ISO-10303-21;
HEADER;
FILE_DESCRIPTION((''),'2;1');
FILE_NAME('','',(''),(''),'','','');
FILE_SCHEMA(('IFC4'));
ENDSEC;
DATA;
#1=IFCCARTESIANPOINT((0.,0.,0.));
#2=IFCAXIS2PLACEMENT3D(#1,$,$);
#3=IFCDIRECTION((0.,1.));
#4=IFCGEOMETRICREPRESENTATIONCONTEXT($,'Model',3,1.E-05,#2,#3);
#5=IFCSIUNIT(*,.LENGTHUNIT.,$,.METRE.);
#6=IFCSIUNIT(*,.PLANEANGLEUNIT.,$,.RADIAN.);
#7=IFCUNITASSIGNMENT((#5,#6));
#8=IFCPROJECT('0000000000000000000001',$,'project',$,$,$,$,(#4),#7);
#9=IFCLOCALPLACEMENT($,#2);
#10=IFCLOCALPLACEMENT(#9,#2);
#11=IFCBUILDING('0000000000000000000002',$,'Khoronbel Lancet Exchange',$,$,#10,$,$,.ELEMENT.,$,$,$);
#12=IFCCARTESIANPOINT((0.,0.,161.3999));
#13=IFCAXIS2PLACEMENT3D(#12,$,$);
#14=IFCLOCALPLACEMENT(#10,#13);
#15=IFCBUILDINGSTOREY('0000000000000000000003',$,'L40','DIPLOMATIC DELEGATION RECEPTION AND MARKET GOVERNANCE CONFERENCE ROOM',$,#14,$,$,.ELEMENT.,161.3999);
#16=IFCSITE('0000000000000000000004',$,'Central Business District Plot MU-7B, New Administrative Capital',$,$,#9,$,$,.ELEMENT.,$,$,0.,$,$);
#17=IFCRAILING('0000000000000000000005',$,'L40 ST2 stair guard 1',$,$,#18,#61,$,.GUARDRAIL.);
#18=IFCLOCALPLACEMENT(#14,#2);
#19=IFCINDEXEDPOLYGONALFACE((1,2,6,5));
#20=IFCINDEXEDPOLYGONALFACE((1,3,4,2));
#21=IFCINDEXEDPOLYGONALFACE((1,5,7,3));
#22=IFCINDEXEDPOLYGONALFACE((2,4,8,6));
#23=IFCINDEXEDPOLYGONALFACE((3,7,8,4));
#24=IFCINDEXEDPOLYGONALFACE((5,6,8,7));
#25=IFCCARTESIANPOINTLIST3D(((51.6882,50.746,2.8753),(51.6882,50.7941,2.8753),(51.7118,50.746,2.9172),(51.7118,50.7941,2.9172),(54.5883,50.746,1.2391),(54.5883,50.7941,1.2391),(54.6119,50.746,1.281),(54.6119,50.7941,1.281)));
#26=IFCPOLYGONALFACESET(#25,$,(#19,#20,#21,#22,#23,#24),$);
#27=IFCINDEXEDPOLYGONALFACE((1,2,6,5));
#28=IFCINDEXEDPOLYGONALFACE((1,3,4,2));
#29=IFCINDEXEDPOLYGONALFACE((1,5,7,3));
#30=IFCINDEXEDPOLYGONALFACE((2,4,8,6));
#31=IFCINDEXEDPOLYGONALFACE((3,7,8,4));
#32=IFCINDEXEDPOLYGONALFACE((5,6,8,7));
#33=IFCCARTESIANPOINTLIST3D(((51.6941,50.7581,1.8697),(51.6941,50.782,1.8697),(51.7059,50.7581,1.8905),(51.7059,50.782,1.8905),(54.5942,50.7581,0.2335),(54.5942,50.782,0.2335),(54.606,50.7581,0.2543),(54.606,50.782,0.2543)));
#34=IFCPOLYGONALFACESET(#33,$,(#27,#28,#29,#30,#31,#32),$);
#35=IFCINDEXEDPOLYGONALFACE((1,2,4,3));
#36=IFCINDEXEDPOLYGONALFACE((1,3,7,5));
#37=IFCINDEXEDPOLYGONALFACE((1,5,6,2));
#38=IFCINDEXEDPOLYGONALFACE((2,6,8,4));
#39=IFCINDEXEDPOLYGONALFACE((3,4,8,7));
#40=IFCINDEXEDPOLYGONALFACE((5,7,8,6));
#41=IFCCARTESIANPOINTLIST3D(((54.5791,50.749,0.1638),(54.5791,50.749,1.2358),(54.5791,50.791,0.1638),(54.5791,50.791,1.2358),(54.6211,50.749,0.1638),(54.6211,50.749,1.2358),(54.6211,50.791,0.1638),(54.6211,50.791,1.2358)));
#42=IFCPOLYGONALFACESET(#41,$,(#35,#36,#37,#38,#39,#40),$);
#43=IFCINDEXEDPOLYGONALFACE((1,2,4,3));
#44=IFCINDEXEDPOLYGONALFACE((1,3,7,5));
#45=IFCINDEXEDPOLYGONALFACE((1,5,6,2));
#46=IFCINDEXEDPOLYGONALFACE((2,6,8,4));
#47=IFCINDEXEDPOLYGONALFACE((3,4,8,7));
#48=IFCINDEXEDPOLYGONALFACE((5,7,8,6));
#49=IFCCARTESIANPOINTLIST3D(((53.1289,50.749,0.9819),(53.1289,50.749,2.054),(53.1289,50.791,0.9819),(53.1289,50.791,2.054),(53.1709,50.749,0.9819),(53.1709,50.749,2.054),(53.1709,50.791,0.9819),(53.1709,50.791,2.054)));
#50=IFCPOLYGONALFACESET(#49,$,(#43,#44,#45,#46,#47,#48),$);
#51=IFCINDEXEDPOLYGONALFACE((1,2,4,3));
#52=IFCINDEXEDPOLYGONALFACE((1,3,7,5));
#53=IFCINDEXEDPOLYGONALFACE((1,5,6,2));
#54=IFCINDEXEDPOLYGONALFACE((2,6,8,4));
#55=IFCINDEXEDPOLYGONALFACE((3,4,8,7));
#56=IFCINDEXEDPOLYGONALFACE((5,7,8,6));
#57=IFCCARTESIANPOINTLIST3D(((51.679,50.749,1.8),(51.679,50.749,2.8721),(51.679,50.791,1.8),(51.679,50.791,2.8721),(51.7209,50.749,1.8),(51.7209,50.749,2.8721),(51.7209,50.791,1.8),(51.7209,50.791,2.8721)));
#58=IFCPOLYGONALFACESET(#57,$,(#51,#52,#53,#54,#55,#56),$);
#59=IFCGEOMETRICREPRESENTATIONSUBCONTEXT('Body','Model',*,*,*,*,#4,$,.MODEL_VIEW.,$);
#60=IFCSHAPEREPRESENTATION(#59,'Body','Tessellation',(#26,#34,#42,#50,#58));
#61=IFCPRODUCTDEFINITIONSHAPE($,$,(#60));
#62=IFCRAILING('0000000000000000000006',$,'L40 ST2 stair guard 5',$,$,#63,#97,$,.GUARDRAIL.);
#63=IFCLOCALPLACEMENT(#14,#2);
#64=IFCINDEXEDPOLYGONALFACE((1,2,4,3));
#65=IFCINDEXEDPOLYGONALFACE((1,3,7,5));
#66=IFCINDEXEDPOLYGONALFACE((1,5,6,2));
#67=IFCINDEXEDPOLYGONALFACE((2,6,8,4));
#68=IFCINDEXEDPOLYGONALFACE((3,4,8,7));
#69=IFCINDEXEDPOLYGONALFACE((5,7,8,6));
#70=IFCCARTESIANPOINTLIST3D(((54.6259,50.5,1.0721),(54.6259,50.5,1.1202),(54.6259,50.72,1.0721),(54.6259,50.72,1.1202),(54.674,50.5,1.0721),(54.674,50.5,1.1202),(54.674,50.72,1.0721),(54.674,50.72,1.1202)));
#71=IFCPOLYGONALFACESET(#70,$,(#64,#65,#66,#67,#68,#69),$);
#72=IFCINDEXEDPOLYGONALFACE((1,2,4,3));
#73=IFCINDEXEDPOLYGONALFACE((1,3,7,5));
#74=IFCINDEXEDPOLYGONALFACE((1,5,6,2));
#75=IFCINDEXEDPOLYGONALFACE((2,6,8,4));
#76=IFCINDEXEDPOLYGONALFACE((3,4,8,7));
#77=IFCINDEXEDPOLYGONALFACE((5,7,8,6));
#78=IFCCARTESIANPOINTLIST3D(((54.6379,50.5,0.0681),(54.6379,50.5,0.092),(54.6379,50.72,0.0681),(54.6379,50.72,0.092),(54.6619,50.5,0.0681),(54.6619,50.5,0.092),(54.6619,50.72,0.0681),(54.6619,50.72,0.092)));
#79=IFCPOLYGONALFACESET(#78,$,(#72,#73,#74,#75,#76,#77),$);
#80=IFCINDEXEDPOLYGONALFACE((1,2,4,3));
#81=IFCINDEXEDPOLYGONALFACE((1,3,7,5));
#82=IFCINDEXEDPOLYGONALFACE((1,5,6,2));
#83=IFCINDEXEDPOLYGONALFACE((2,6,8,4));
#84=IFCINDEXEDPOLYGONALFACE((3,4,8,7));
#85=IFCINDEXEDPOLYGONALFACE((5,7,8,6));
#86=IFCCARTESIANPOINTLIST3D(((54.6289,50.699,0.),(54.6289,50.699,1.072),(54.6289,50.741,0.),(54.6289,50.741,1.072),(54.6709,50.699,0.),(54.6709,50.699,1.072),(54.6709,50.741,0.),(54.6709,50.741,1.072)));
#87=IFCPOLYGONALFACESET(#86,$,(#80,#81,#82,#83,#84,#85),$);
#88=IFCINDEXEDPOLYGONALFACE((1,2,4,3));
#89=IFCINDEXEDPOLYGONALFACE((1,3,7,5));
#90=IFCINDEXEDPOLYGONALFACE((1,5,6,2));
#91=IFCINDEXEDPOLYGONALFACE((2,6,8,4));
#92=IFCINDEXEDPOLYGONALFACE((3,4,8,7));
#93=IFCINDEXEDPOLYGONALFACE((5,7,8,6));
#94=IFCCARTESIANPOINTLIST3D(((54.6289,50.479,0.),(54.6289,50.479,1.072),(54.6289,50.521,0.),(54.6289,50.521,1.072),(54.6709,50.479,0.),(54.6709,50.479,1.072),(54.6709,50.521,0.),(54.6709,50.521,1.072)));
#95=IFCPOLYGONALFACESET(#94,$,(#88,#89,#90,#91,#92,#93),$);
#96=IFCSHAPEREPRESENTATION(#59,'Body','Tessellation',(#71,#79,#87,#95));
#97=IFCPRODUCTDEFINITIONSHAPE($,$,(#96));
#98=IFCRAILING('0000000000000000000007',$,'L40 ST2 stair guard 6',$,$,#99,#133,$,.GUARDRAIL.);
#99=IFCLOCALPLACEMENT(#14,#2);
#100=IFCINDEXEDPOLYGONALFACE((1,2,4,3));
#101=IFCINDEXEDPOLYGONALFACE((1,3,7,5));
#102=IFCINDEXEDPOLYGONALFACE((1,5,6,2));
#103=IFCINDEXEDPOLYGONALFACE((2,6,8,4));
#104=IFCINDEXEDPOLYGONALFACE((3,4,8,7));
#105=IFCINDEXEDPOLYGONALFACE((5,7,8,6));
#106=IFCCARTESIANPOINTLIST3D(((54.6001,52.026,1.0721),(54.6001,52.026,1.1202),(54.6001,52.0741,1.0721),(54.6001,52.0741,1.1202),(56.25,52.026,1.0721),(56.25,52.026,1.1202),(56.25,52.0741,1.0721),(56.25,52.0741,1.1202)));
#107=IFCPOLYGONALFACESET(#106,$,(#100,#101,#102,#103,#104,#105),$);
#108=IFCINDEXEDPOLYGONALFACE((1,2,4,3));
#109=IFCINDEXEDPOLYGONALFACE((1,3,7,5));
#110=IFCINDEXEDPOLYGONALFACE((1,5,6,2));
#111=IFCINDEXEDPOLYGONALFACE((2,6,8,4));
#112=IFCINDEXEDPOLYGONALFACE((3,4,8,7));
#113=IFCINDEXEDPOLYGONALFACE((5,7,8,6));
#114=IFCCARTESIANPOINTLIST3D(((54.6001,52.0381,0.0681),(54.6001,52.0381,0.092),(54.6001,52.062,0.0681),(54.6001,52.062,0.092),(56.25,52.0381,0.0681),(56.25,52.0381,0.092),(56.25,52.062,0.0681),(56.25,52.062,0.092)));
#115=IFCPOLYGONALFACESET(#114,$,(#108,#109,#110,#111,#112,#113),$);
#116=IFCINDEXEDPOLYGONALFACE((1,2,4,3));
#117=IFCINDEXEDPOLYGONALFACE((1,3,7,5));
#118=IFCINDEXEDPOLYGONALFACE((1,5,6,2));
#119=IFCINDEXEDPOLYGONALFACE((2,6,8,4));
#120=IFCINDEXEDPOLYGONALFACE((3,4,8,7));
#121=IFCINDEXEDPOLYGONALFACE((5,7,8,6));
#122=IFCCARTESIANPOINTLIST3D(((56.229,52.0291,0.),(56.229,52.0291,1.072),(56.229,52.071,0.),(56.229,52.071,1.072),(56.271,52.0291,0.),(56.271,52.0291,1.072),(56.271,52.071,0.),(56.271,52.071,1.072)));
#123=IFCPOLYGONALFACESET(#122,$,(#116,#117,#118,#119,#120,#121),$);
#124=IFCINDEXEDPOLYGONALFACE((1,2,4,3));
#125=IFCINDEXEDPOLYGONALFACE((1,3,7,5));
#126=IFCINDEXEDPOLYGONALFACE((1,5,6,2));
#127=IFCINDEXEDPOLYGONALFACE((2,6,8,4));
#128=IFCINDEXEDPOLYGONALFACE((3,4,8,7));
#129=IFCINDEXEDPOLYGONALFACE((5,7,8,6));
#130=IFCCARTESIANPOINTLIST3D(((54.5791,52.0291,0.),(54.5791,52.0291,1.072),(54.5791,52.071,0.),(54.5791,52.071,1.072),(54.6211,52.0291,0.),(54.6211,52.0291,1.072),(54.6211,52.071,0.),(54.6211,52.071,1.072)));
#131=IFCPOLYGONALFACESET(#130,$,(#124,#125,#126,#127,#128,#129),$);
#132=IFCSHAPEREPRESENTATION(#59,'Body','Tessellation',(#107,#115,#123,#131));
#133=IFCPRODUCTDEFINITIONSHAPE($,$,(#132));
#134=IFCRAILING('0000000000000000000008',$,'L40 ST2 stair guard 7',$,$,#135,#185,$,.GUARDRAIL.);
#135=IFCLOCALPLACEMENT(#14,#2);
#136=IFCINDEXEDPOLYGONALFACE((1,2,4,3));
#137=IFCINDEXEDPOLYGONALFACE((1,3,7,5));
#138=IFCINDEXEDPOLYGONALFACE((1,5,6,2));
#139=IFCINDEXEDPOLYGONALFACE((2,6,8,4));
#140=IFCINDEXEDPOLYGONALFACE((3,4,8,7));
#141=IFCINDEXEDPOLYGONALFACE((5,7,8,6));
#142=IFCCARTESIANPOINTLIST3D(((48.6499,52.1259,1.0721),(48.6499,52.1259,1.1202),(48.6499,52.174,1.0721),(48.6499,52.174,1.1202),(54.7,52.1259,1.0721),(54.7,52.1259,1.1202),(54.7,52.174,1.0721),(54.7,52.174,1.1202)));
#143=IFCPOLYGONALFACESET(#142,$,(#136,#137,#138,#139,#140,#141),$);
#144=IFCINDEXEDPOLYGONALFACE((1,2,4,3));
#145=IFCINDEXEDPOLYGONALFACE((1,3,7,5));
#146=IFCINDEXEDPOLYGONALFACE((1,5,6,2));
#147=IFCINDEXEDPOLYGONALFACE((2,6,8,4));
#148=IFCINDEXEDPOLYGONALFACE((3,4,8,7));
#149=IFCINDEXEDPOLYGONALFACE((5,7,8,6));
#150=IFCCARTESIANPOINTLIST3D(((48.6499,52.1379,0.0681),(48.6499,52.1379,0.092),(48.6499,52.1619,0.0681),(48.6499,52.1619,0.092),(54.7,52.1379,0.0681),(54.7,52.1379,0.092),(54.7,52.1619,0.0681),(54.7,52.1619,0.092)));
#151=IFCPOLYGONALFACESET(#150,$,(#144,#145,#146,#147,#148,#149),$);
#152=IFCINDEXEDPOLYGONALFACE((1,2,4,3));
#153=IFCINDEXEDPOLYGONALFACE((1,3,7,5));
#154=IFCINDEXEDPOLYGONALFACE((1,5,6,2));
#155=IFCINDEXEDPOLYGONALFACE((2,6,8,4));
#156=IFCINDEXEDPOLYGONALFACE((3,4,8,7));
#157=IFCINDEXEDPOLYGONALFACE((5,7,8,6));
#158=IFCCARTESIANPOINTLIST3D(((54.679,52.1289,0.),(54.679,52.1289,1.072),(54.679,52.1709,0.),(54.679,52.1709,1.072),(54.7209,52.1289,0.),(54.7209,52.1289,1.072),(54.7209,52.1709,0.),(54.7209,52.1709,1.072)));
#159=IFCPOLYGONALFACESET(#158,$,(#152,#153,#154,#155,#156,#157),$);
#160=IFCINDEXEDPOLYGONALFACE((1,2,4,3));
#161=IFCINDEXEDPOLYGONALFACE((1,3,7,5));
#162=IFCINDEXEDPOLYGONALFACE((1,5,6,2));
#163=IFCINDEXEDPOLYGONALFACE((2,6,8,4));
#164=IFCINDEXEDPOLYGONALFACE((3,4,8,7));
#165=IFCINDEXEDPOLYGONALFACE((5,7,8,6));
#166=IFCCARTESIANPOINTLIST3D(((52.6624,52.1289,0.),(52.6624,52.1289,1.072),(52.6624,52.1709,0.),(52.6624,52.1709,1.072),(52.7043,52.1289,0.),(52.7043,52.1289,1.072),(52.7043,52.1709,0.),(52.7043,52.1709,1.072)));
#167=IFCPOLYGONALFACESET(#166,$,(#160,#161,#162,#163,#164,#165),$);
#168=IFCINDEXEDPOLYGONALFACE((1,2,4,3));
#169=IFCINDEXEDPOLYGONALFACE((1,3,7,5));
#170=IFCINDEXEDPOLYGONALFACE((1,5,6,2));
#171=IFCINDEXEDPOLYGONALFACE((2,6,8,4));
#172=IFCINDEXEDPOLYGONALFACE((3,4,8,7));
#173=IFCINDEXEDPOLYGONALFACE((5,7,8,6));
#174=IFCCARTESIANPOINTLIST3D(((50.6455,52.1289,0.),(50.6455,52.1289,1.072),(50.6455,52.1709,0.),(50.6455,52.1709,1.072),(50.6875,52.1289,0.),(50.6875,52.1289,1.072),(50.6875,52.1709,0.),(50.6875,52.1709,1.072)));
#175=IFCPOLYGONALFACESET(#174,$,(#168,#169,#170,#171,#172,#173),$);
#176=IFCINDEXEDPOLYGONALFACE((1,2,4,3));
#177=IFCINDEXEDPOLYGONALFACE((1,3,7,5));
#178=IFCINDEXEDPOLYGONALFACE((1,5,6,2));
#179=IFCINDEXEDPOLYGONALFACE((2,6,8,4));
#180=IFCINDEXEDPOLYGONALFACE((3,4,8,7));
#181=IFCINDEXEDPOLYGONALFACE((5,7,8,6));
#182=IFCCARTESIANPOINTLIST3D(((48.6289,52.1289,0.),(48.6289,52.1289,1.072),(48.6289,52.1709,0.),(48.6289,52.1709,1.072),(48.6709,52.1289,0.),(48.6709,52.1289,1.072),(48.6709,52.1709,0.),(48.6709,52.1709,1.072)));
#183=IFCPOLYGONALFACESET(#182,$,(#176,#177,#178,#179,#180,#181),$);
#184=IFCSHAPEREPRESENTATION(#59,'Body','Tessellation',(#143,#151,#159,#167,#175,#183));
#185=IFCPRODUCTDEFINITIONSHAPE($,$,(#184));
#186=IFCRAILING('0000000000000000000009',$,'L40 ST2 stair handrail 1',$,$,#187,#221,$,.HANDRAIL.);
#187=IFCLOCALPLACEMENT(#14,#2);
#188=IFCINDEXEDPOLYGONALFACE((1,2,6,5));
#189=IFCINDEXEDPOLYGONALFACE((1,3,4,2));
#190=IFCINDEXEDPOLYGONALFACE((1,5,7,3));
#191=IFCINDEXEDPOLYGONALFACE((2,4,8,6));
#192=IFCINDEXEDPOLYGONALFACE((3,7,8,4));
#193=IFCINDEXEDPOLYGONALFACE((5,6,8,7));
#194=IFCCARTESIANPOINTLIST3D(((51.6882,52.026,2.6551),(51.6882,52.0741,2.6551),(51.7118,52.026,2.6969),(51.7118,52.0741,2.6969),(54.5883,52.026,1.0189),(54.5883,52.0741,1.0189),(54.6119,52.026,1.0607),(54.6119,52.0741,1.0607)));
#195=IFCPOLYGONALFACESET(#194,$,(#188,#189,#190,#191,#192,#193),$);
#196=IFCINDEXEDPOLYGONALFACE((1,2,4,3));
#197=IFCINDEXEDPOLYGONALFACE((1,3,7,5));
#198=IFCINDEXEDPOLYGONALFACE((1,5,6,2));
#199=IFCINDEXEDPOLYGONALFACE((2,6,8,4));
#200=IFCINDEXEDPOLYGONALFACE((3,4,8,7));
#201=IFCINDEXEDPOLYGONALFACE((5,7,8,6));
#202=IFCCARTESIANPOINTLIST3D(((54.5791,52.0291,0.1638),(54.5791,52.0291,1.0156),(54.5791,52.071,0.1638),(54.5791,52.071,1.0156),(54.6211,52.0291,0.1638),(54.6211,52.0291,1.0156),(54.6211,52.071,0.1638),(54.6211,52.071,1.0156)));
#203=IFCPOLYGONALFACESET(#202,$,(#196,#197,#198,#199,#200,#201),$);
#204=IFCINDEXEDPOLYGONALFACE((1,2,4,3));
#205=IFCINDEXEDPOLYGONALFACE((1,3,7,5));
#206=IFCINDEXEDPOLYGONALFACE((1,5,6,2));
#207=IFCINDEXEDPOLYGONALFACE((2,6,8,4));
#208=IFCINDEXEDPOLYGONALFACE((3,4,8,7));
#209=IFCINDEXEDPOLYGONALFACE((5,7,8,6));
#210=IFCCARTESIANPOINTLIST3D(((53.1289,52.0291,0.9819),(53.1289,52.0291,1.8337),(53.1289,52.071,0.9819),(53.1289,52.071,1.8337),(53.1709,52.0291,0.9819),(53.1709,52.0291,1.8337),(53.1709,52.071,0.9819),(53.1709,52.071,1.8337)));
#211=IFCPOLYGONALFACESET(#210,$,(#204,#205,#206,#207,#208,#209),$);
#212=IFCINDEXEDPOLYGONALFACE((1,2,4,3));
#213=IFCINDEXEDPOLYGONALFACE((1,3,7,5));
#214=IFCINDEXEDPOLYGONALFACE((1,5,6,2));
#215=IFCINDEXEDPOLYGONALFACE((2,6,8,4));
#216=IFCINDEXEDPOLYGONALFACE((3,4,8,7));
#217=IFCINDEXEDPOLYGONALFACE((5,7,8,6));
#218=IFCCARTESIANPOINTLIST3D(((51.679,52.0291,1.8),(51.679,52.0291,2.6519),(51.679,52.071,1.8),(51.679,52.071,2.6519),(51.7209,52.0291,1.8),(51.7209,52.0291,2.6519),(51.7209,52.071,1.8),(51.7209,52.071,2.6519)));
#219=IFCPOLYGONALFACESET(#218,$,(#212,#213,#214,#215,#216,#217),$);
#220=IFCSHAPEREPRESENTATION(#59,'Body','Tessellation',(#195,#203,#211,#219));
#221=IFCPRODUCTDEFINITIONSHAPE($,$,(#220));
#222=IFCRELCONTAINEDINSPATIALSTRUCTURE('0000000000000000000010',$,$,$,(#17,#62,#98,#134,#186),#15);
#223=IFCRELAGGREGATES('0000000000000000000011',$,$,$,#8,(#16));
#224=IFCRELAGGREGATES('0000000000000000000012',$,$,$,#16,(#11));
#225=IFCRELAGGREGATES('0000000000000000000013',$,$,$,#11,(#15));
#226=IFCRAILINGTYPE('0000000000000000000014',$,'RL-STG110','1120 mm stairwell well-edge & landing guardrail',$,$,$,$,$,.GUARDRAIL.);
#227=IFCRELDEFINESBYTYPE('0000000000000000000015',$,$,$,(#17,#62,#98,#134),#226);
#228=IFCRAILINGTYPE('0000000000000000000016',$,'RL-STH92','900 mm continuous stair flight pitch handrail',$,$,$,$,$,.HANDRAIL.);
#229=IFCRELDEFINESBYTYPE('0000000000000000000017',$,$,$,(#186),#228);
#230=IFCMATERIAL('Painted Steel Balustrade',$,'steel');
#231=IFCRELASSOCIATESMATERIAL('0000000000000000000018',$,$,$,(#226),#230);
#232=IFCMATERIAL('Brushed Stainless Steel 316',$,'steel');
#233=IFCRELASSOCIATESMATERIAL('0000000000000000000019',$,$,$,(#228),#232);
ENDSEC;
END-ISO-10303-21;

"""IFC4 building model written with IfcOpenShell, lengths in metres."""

from ifc_helpers import new_model, si_unit, direction, frame, origin, origin_2d, place, context, subcontext, project, spatial, rectangle, extrude, material, type_object, element, save


model = new_model("IFC4")

# Units and contexts
model_context = context("Model", 3, precision=1e-05, world=origin(), true_north=direction((0.0, 1.0)))
body_context = subcontext(model_context, "Body", "Model", "MODEL_VIEW")
ifc_project = project(units=[si_unit("LENGTHUNIT", "METRE"), si_unit("PLANEANGLEUNIT", "RADIAN")], contexts=[model_context])

# Site, building, storey
site_placement = place(None, origin())
site = spatial("IfcSite", under=ifc_project, at=site_placement, Name="Central Business District Plot MU-7B, New Administrative Capital", CompositionType="ELEMENT", RefElevation=0.0)
building_placement = place(site_placement, origin())
building = spatial("IfcBuilding", under=site, at=building_placement, Name="Khoronbel Lancet Exchange", CompositionType="ELEMENT")
storey_placement = place(building_placement, frame((0.0, 0.0, 161.3999)))
storey = spatial("IfcBuildingStorey", under=building, at=storey_placement, Name="L40", Description="DIPLOMATIC DELEGATION RECEPTION AND MARKET GOVERNANCE CONFERENCE ROOM", CompositionType="ELEMENT", Elevation=161.3999)

# Railings
ifc_material_1 = material(Name="Painted Steel Balustrade", Category="steel")
railing_type_1 = type_object("IfcRailingType", Name="RL-STG110", Description="1120 mm stairwell well-edge & landing guardrail", PredefinedType="GUARDRAIL", material=ifc_material_1)
railing_1_placement = place(storey_placement, frame((54.6001, 50.77, 0.1638)))
element("IfcRailing", 1, at=railing_1_placement, inside=storey, type_object=railing_type_1, Name="L40 ST2 stair guard 1", PredefinedType="GUARDRAIL", context=body_context, shape_type="SweptSolid", body=[
    extrude(rectangle(XDim=0.0481, YDim=0.0481, at=origin_2d()), frame((0.0, 0.0, 1.0962), z_axis=(-0.870946, 0.0, 0.491378), x_axis=(0.0, -1.0, 0.0)), (0.0, 0.0, 1.0), 3.3298),
    extrude(rectangle(XDim=0.0239, YDim=0.0239, at=origin_2d()), frame((0.0, 0.0, 0.0801), z_axis=(-0.870946, 0.0, 0.491378), x_axis=(0.0, -1.0, 0.0)), (0.0, 0.0, 1.0), 3.3298),
    extrude(rectangle(XDim=0.042, YDim=0.042, at=origin_2d()), origin(), (0.0, 0.0, 1.0), 1.072),
    extrude(rectangle(XDim=0.042, YDim=0.042, at=origin_2d()), frame((-1.4502, 0.0, 0.8181)), (0.0, 0.0, 1.0), 1.072),
    extrude(rectangle(XDim=0.042, YDim=0.042, at=origin_2d()), frame((-2.9001, 0.0, 1.6362)), (0.0, 0.0, 1.0), 1.072),
])
railing_2_placement = place(storey_placement, frame((54.6499, 50.72, 0.0)))
element("IfcRailing", 2, at=railing_2_placement, inside=storey, type_object=railing_type_1, Name="L40 ST2 stair guard 5", PredefinedType="GUARDRAIL", context=body_context, shape_type="SweptSolid", body=[
    extrude(rectangle(XDim=0.0481, YDim=0.0481, at=origin_2d()), frame((0.0, 0.0, 1.0962), z_axis=(0.0, -1.0, 0.0), x_axis=(1.0, 0.0, 0.0)), (0.0, 0.0, 1.0), 0.22),
    extrude(rectangle(XDim=0.0239, YDim=0.0239, at=origin_2d()), frame((0.0, 0.0, 0.0801), z_axis=(0.0, -1.0, 0.0), x_axis=(1.0, 0.0, 0.0)), (0.0, 0.0, 1.0), 0.22),
    extrude(rectangle(XDim=0.042, YDim=0.042, at=origin_2d()), origin(), (0.0, 0.0, 1.0), 1.072),
    extrude(rectangle(XDim=0.042, YDim=0.042, at=origin_2d()), frame((0.0, -0.22, 0.0)), (0.0, 0.0, 1.0), 1.072),
])
railing_3_placement = place(storey_placement, frame((56.25, 52.05, 0.0)))
element("IfcRailing", 3, at=railing_3_placement, inside=storey, type_object=railing_type_1, Name="L40 ST2 stair guard 6", PredefinedType="GUARDRAIL", context=body_context, shape_type="SweptSolid", body=[
    extrude(rectangle(XDim=0.0481, YDim=0.0481, at=origin_2d()), frame((0.0, 0.0, 1.0962), z_axis=(-1.0, 0.0, 0.0), x_axis=(0.0, -1.0, 0.0)), (0.0, 0.0, 1.0), 1.6499),
    extrude(rectangle(XDim=0.0239, YDim=0.0239, at=origin_2d()), frame((0.0, 0.0, 0.0801), z_axis=(-1.0, 0.0, 0.0), x_axis=(0.0, -1.0, 0.0)), (0.0, 0.0, 1.0), 1.6499),
    extrude(rectangle(XDim=0.042, YDim=0.042, at=origin_2d()), origin(), (0.0, 0.0, 1.0), 1.072),
    extrude(rectangle(XDim=0.042, YDim=0.042, at=origin_2d()), frame((-1.6499, 0.0, 0.0)), (0.0, 0.0, 1.0), 1.072),
])
railing_4_placement = place(storey_placement, frame((54.7, 52.1499, 0.0)))
element("IfcRailing", 4, at=railing_4_placement, inside=storey, type_object=railing_type_1, Name="L40 ST2 stair guard 7", PredefinedType="GUARDRAIL", context=body_context, shape_type="SweptSolid", body=[
    extrude(rectangle(XDim=0.0481, YDim=0.0481, at=origin_2d()), frame((0.0, 0.0, 1.0962), z_axis=(-1.0, 0.0, 0.0), x_axis=(0.0, -1.0, 0.0)), (0.0, 0.0, 1.0), 6.05),
    extrude(rectangle(XDim=0.0239, YDim=0.0239, at=origin_2d()), frame((0.0, 0.0, 0.0801), z_axis=(-1.0, 0.0, 0.0), x_axis=(0.0, -1.0, 0.0)), (0.0, 0.0, 1.0), 6.05),
    extrude(rectangle(XDim=0.042, YDim=0.042, at=origin_2d()), origin(), (0.0, 0.0, 1.0), 1.072),
    extrude(rectangle(XDim=0.042, YDim=0.042, at=origin_2d()), frame((-2.0166, 0.0, 0.0)), (0.0, 0.0, 1.0), 1.072),
    extrude(rectangle(XDim=0.042, YDim=0.042, at=origin_2d()), frame((-4.0334, 0.0, 0.0)), (0.0, 0.0, 1.0), 1.072),
    extrude(rectangle(XDim=0.042, YDim=0.042, at=origin_2d()), frame((-6.05, 0.0, 0.0)), (0.0, 0.0, 1.0), 1.072),
])
ifc_material_2 = material(Name="Brushed Stainless Steel 316", Category="steel")
railing_type_2 = type_object("IfcRailingType", Name="RL-STH92", Description="900 mm continuous stair flight pitch handrail", PredefinedType="HANDRAIL", material=ifc_material_2)
railing_5_placement = place(storey_placement, frame((54.6001, 52.05, 0.1638)))
element("IfcRailing", 5, at=railing_5_placement, inside=storey, type_object=railing_type_2, Name="L40 ST2 stair handrail 1", PredefinedType="HANDRAIL", context=body_context, shape_type="SweptSolid", body=[
    extrude(rectangle(XDim=0.0481, YDim=0.0481, at=origin_2d()), frame((0.0, 0.0, 0.876), z_axis=(-0.870946, 0.0, 0.491378), x_axis=(0.0, -1.0, 0.0)), (0.0, 0.0, 1.0), 3.3298),
    extrude(rectangle(XDim=0.042, YDim=0.042, at=origin_2d()), origin(), (0.0, 0.0, 1.0), 0.8518),
    extrude(rectangle(XDim=0.042, YDim=0.042, at=origin_2d()), frame((-1.4502, 0.0, 0.8181)), (0.0, 0.0, 1.0), 0.8518),
    extrude(rectangle(XDim=0.042, YDim=0.042, at=origin_2d()), frame((-2.9001, 0.0, 1.6362)), (0.0, 0.0, 1.0), 0.8518),
])

save(model, "model.ifc")
